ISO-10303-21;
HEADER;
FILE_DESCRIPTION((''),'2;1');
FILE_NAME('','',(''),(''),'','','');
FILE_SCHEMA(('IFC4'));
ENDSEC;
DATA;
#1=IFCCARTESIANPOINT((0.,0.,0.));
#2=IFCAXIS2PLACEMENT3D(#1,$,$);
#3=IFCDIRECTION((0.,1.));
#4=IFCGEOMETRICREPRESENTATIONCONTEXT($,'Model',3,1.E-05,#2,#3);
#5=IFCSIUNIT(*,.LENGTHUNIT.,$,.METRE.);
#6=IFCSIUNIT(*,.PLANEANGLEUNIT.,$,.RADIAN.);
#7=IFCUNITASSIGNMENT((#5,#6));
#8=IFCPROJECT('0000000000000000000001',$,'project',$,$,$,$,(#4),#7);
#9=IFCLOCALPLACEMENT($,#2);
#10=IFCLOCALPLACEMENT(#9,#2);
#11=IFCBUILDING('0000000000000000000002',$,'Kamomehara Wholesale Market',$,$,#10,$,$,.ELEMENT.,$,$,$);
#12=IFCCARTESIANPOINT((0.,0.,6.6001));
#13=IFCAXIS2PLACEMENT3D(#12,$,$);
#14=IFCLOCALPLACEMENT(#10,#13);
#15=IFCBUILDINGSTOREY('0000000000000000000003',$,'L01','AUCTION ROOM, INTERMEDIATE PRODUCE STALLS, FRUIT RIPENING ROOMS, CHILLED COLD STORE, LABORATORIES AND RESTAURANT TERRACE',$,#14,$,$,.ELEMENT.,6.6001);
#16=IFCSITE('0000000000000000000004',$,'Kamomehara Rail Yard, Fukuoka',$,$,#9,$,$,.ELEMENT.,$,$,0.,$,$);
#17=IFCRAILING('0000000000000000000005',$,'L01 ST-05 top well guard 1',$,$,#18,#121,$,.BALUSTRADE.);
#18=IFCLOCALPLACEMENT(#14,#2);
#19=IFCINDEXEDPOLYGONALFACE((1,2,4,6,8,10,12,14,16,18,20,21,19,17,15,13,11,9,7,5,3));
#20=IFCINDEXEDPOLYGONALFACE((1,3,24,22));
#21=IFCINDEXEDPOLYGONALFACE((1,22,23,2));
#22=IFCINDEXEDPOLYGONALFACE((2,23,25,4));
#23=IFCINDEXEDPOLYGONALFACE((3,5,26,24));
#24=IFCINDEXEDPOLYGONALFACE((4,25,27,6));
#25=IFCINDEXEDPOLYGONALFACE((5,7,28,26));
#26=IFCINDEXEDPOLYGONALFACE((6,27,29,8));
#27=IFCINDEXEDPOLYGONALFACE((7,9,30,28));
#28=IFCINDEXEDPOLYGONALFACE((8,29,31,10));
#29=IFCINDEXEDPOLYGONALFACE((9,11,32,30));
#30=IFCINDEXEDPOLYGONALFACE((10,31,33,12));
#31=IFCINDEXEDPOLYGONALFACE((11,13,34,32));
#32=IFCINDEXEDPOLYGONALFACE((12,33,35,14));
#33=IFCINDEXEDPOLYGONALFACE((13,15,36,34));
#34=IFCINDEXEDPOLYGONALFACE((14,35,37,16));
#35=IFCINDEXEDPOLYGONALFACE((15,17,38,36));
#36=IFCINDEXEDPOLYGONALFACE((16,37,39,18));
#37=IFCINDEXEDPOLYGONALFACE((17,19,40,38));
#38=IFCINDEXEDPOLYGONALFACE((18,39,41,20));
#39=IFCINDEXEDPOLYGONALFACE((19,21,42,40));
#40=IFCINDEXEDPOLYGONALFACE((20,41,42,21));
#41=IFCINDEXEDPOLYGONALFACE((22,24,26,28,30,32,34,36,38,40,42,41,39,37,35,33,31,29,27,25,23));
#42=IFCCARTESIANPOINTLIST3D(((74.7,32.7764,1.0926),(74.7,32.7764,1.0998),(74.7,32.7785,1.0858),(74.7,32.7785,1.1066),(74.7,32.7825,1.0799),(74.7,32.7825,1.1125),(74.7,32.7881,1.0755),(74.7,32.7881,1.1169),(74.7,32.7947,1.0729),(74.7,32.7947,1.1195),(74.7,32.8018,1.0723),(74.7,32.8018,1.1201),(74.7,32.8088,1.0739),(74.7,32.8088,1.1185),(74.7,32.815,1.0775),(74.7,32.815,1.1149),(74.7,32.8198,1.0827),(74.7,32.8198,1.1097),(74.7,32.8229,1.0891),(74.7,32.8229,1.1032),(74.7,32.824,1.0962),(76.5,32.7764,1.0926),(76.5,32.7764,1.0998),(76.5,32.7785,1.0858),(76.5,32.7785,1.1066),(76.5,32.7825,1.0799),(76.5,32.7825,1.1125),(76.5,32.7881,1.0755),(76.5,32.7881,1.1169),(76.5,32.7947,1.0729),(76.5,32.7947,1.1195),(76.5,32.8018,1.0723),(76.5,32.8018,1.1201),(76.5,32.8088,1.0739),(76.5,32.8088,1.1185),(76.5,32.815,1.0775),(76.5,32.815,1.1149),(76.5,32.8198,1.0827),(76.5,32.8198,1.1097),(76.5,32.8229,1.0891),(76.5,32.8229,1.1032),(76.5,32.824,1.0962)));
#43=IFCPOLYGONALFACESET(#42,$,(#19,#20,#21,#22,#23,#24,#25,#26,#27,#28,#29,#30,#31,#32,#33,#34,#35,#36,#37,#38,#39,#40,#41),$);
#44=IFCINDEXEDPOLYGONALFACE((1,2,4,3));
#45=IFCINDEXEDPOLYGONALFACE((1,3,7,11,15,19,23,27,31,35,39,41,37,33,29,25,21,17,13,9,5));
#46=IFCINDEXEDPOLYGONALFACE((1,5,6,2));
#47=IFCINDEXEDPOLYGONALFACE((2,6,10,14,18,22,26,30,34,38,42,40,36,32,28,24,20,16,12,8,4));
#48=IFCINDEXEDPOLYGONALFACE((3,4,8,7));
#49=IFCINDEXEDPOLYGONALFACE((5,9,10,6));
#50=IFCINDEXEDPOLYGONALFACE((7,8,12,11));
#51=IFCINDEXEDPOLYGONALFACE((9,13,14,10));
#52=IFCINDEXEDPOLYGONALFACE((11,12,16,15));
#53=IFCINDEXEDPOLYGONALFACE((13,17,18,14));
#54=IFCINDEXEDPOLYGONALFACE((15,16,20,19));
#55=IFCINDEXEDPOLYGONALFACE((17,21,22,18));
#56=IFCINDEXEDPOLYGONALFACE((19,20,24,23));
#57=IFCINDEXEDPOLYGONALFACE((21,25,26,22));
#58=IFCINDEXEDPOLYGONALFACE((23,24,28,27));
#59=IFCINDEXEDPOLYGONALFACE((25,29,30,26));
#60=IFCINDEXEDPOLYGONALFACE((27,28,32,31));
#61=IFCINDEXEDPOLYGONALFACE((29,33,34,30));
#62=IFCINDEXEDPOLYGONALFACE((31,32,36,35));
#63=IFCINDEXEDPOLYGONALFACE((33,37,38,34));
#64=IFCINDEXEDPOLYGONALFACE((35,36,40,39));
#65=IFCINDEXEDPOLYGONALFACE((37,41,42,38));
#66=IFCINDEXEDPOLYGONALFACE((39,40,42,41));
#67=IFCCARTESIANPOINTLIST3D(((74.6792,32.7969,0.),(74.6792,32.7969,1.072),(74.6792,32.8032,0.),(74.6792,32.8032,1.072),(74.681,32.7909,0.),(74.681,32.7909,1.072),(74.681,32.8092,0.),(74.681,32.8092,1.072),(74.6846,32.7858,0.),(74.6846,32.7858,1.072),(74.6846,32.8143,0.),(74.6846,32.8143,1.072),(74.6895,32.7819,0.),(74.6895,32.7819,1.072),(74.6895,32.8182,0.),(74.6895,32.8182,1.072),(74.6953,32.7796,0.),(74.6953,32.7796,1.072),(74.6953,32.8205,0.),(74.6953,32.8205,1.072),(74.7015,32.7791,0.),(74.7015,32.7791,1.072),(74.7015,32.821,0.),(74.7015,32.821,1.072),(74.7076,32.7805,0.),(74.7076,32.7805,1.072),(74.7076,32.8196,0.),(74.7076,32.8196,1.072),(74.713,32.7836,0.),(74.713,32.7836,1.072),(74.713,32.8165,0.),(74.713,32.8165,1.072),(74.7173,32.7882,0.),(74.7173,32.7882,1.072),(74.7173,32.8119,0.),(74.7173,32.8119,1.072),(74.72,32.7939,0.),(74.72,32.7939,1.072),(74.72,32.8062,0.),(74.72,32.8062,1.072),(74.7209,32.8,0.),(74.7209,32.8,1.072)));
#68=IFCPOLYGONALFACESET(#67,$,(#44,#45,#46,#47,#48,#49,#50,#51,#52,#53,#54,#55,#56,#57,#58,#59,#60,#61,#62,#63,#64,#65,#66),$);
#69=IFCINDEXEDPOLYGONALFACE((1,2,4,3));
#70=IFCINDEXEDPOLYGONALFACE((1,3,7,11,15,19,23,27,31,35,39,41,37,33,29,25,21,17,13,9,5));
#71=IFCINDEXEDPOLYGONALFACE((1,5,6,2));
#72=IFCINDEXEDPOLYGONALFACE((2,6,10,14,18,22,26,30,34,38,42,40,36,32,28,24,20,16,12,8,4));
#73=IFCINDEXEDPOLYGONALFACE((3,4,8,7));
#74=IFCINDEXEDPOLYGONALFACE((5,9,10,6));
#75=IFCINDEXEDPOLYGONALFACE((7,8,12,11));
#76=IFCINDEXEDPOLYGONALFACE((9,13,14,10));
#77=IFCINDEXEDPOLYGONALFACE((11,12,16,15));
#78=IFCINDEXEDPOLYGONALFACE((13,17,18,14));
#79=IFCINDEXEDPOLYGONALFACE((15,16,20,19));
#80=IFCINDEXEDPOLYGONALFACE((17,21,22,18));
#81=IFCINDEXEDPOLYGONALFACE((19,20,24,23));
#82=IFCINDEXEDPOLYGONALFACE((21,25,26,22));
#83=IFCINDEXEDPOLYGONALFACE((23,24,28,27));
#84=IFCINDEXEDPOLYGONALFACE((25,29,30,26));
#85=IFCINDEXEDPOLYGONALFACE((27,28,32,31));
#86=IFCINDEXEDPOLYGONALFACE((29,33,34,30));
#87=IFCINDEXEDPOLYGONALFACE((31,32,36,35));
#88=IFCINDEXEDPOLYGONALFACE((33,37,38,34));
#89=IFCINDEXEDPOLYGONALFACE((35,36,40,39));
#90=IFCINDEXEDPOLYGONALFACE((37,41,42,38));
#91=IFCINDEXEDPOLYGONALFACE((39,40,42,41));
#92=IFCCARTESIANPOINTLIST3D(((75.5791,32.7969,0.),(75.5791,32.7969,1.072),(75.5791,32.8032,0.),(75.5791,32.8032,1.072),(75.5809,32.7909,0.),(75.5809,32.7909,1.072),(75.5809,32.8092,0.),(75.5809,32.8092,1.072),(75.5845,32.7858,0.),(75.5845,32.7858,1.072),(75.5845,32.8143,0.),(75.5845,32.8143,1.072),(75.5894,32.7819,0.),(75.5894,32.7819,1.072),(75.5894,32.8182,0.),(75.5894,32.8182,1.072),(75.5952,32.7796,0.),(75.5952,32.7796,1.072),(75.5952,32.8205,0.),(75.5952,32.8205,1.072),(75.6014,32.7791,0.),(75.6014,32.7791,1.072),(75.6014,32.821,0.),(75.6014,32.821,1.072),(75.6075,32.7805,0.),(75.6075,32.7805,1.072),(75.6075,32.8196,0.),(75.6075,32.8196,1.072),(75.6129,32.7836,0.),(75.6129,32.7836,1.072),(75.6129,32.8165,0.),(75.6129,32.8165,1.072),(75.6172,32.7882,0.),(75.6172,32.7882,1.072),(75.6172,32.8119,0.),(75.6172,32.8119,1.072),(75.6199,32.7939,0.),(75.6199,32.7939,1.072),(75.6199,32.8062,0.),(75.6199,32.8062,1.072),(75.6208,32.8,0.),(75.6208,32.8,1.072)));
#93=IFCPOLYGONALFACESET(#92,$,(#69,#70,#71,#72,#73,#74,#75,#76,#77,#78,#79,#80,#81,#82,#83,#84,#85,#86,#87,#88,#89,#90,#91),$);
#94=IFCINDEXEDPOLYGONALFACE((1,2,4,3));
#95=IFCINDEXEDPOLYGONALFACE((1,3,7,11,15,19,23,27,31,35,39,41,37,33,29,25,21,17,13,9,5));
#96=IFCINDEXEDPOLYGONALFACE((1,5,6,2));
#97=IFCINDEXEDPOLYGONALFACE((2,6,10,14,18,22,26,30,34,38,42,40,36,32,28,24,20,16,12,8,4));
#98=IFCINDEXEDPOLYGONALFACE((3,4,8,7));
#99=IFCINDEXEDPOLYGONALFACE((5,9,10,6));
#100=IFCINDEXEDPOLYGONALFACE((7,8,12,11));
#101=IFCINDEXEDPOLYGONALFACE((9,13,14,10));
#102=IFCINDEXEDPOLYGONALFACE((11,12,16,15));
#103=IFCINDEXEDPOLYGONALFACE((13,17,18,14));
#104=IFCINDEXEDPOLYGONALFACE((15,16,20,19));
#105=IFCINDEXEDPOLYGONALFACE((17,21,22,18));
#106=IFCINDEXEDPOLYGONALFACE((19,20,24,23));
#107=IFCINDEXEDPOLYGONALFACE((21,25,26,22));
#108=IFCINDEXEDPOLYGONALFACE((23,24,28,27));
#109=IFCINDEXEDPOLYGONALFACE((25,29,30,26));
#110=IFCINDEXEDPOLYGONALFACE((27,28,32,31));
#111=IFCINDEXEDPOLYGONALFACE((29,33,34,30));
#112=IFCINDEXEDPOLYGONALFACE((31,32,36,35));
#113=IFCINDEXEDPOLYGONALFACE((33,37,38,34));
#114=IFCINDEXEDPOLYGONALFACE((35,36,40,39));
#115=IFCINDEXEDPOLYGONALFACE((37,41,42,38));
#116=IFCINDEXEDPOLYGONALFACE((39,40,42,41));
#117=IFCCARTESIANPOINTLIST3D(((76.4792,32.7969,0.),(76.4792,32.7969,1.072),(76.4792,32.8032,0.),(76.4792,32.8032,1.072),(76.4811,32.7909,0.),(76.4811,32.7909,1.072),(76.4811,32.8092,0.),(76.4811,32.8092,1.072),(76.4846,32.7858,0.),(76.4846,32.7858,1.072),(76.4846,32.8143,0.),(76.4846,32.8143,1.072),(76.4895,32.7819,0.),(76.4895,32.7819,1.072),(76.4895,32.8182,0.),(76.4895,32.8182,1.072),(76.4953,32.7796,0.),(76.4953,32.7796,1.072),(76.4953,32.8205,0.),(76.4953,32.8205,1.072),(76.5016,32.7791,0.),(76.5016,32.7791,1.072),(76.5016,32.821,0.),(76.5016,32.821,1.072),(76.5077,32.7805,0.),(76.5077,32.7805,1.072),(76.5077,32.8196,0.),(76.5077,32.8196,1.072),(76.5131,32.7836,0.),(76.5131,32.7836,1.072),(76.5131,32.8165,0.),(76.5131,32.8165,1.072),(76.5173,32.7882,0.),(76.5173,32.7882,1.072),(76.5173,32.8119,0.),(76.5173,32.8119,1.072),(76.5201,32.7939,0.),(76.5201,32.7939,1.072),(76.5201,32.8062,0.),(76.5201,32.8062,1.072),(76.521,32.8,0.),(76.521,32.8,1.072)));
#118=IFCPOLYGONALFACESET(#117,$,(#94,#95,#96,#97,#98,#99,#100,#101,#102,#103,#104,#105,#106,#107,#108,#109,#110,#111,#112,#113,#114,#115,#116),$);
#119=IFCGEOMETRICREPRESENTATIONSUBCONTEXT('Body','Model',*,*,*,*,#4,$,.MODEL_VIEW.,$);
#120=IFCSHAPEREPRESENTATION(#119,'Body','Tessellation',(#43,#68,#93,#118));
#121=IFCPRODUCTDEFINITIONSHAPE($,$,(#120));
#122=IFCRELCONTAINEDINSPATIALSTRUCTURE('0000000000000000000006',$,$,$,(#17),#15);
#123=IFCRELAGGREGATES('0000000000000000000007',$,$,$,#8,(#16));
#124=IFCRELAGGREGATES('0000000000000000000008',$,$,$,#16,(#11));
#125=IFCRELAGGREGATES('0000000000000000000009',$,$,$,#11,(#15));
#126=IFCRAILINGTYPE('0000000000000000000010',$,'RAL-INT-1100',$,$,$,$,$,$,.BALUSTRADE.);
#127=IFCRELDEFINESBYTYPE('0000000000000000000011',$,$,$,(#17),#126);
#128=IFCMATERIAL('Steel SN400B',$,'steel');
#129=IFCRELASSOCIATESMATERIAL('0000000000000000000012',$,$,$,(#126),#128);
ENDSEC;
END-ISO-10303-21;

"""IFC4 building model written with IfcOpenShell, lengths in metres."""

from ifc_helpers import new_model, si_unit, direction, frame, origin, origin_2d, place, context, subcontext, project, spatial, circle, extrude, material, type_object, element, save


model = new_model("IFC4")

# Units and contexts
model_context = context("Model", 3, precision=1e-05, world=origin(), true_north=direction((0.0, 1.0)))
body_context = subcontext(model_context, "Body", "Model", "MODEL_VIEW")
ifc_project = project(units=[si_unit("LENGTHUNIT", "METRE"), si_unit("PLANEANGLEUNIT", "RADIAN")], contexts=[model_context])

# Site, building, storey
site_placement = place(None, origin())
site = spatial("IfcSite", under=ifc_project, at=site_placement, Name="Kamomehara Rail Yard, Fukuoka", CompositionType="ELEMENT", RefElevation=0.0)
building_placement = place(site_placement, origin())
building = spatial("IfcBuilding", under=site, at=building_placement, Name="Kamomehara Wholesale Market", CompositionType="ELEMENT")
storey_placement = place(building_placement, frame((0.0, 0.0, 6.6001)))
storey = spatial("IfcBuildingStorey", under=building, at=storey_placement, Name="L01", Description="AUCTION ROOM, INTERMEDIATE PRODUCE STALLS, FRUIT RIPENING ROOMS, CHILLED COLD STORE, LABORATORIES AND RESTAURANT TERRACE", CompositionType="ELEMENT", Elevation=6.6001)

# Railing
ifc_material_1 = material(Name="Steel SN400B", Category="steel")
railing_type = type_object("IfcRailingType", Name="RAL-INT-1100", PredefinedType="BALUSTRADE", material=ifc_material_1)
railing_1_placement = place(storey_placement, frame((74.7, 32.8, 0.0)))
element("IfcRailing", 1, at=railing_1_placement, inside=storey, type_object=railing_type, Name="L01 ST-05 top well guard 1", PredefinedType="BALUSTRADE", context=body_context, shape_type="SweptSolid", body=[
    extrude(circle(Radius=0.0239, at=origin_2d()), frame((0.0, 0.0, 1.0962), z_axis=(1.0, 0.0, 0.0), x_axis=(0.0, 1.0, 0.0)), (0.0, 0.0, 1.0), 1.8),
    extrude(circle(Radius=0.021, at=origin_2d()), origin(), (0.0, 0.0, 1.0), 1.072),
    extrude(circle(Radius=0.021, at=origin_2d()), frame((0.8999, 0.0, 0.0)), (0.0, 0.0, 1.0), 1.072),
    extrude(circle(Radius=0.021, at=origin_2d()), frame((1.8, 0.0, 0.0)), (0.0, 0.0, 1.0), 1.072),
])

save(model, "model.ifc")
